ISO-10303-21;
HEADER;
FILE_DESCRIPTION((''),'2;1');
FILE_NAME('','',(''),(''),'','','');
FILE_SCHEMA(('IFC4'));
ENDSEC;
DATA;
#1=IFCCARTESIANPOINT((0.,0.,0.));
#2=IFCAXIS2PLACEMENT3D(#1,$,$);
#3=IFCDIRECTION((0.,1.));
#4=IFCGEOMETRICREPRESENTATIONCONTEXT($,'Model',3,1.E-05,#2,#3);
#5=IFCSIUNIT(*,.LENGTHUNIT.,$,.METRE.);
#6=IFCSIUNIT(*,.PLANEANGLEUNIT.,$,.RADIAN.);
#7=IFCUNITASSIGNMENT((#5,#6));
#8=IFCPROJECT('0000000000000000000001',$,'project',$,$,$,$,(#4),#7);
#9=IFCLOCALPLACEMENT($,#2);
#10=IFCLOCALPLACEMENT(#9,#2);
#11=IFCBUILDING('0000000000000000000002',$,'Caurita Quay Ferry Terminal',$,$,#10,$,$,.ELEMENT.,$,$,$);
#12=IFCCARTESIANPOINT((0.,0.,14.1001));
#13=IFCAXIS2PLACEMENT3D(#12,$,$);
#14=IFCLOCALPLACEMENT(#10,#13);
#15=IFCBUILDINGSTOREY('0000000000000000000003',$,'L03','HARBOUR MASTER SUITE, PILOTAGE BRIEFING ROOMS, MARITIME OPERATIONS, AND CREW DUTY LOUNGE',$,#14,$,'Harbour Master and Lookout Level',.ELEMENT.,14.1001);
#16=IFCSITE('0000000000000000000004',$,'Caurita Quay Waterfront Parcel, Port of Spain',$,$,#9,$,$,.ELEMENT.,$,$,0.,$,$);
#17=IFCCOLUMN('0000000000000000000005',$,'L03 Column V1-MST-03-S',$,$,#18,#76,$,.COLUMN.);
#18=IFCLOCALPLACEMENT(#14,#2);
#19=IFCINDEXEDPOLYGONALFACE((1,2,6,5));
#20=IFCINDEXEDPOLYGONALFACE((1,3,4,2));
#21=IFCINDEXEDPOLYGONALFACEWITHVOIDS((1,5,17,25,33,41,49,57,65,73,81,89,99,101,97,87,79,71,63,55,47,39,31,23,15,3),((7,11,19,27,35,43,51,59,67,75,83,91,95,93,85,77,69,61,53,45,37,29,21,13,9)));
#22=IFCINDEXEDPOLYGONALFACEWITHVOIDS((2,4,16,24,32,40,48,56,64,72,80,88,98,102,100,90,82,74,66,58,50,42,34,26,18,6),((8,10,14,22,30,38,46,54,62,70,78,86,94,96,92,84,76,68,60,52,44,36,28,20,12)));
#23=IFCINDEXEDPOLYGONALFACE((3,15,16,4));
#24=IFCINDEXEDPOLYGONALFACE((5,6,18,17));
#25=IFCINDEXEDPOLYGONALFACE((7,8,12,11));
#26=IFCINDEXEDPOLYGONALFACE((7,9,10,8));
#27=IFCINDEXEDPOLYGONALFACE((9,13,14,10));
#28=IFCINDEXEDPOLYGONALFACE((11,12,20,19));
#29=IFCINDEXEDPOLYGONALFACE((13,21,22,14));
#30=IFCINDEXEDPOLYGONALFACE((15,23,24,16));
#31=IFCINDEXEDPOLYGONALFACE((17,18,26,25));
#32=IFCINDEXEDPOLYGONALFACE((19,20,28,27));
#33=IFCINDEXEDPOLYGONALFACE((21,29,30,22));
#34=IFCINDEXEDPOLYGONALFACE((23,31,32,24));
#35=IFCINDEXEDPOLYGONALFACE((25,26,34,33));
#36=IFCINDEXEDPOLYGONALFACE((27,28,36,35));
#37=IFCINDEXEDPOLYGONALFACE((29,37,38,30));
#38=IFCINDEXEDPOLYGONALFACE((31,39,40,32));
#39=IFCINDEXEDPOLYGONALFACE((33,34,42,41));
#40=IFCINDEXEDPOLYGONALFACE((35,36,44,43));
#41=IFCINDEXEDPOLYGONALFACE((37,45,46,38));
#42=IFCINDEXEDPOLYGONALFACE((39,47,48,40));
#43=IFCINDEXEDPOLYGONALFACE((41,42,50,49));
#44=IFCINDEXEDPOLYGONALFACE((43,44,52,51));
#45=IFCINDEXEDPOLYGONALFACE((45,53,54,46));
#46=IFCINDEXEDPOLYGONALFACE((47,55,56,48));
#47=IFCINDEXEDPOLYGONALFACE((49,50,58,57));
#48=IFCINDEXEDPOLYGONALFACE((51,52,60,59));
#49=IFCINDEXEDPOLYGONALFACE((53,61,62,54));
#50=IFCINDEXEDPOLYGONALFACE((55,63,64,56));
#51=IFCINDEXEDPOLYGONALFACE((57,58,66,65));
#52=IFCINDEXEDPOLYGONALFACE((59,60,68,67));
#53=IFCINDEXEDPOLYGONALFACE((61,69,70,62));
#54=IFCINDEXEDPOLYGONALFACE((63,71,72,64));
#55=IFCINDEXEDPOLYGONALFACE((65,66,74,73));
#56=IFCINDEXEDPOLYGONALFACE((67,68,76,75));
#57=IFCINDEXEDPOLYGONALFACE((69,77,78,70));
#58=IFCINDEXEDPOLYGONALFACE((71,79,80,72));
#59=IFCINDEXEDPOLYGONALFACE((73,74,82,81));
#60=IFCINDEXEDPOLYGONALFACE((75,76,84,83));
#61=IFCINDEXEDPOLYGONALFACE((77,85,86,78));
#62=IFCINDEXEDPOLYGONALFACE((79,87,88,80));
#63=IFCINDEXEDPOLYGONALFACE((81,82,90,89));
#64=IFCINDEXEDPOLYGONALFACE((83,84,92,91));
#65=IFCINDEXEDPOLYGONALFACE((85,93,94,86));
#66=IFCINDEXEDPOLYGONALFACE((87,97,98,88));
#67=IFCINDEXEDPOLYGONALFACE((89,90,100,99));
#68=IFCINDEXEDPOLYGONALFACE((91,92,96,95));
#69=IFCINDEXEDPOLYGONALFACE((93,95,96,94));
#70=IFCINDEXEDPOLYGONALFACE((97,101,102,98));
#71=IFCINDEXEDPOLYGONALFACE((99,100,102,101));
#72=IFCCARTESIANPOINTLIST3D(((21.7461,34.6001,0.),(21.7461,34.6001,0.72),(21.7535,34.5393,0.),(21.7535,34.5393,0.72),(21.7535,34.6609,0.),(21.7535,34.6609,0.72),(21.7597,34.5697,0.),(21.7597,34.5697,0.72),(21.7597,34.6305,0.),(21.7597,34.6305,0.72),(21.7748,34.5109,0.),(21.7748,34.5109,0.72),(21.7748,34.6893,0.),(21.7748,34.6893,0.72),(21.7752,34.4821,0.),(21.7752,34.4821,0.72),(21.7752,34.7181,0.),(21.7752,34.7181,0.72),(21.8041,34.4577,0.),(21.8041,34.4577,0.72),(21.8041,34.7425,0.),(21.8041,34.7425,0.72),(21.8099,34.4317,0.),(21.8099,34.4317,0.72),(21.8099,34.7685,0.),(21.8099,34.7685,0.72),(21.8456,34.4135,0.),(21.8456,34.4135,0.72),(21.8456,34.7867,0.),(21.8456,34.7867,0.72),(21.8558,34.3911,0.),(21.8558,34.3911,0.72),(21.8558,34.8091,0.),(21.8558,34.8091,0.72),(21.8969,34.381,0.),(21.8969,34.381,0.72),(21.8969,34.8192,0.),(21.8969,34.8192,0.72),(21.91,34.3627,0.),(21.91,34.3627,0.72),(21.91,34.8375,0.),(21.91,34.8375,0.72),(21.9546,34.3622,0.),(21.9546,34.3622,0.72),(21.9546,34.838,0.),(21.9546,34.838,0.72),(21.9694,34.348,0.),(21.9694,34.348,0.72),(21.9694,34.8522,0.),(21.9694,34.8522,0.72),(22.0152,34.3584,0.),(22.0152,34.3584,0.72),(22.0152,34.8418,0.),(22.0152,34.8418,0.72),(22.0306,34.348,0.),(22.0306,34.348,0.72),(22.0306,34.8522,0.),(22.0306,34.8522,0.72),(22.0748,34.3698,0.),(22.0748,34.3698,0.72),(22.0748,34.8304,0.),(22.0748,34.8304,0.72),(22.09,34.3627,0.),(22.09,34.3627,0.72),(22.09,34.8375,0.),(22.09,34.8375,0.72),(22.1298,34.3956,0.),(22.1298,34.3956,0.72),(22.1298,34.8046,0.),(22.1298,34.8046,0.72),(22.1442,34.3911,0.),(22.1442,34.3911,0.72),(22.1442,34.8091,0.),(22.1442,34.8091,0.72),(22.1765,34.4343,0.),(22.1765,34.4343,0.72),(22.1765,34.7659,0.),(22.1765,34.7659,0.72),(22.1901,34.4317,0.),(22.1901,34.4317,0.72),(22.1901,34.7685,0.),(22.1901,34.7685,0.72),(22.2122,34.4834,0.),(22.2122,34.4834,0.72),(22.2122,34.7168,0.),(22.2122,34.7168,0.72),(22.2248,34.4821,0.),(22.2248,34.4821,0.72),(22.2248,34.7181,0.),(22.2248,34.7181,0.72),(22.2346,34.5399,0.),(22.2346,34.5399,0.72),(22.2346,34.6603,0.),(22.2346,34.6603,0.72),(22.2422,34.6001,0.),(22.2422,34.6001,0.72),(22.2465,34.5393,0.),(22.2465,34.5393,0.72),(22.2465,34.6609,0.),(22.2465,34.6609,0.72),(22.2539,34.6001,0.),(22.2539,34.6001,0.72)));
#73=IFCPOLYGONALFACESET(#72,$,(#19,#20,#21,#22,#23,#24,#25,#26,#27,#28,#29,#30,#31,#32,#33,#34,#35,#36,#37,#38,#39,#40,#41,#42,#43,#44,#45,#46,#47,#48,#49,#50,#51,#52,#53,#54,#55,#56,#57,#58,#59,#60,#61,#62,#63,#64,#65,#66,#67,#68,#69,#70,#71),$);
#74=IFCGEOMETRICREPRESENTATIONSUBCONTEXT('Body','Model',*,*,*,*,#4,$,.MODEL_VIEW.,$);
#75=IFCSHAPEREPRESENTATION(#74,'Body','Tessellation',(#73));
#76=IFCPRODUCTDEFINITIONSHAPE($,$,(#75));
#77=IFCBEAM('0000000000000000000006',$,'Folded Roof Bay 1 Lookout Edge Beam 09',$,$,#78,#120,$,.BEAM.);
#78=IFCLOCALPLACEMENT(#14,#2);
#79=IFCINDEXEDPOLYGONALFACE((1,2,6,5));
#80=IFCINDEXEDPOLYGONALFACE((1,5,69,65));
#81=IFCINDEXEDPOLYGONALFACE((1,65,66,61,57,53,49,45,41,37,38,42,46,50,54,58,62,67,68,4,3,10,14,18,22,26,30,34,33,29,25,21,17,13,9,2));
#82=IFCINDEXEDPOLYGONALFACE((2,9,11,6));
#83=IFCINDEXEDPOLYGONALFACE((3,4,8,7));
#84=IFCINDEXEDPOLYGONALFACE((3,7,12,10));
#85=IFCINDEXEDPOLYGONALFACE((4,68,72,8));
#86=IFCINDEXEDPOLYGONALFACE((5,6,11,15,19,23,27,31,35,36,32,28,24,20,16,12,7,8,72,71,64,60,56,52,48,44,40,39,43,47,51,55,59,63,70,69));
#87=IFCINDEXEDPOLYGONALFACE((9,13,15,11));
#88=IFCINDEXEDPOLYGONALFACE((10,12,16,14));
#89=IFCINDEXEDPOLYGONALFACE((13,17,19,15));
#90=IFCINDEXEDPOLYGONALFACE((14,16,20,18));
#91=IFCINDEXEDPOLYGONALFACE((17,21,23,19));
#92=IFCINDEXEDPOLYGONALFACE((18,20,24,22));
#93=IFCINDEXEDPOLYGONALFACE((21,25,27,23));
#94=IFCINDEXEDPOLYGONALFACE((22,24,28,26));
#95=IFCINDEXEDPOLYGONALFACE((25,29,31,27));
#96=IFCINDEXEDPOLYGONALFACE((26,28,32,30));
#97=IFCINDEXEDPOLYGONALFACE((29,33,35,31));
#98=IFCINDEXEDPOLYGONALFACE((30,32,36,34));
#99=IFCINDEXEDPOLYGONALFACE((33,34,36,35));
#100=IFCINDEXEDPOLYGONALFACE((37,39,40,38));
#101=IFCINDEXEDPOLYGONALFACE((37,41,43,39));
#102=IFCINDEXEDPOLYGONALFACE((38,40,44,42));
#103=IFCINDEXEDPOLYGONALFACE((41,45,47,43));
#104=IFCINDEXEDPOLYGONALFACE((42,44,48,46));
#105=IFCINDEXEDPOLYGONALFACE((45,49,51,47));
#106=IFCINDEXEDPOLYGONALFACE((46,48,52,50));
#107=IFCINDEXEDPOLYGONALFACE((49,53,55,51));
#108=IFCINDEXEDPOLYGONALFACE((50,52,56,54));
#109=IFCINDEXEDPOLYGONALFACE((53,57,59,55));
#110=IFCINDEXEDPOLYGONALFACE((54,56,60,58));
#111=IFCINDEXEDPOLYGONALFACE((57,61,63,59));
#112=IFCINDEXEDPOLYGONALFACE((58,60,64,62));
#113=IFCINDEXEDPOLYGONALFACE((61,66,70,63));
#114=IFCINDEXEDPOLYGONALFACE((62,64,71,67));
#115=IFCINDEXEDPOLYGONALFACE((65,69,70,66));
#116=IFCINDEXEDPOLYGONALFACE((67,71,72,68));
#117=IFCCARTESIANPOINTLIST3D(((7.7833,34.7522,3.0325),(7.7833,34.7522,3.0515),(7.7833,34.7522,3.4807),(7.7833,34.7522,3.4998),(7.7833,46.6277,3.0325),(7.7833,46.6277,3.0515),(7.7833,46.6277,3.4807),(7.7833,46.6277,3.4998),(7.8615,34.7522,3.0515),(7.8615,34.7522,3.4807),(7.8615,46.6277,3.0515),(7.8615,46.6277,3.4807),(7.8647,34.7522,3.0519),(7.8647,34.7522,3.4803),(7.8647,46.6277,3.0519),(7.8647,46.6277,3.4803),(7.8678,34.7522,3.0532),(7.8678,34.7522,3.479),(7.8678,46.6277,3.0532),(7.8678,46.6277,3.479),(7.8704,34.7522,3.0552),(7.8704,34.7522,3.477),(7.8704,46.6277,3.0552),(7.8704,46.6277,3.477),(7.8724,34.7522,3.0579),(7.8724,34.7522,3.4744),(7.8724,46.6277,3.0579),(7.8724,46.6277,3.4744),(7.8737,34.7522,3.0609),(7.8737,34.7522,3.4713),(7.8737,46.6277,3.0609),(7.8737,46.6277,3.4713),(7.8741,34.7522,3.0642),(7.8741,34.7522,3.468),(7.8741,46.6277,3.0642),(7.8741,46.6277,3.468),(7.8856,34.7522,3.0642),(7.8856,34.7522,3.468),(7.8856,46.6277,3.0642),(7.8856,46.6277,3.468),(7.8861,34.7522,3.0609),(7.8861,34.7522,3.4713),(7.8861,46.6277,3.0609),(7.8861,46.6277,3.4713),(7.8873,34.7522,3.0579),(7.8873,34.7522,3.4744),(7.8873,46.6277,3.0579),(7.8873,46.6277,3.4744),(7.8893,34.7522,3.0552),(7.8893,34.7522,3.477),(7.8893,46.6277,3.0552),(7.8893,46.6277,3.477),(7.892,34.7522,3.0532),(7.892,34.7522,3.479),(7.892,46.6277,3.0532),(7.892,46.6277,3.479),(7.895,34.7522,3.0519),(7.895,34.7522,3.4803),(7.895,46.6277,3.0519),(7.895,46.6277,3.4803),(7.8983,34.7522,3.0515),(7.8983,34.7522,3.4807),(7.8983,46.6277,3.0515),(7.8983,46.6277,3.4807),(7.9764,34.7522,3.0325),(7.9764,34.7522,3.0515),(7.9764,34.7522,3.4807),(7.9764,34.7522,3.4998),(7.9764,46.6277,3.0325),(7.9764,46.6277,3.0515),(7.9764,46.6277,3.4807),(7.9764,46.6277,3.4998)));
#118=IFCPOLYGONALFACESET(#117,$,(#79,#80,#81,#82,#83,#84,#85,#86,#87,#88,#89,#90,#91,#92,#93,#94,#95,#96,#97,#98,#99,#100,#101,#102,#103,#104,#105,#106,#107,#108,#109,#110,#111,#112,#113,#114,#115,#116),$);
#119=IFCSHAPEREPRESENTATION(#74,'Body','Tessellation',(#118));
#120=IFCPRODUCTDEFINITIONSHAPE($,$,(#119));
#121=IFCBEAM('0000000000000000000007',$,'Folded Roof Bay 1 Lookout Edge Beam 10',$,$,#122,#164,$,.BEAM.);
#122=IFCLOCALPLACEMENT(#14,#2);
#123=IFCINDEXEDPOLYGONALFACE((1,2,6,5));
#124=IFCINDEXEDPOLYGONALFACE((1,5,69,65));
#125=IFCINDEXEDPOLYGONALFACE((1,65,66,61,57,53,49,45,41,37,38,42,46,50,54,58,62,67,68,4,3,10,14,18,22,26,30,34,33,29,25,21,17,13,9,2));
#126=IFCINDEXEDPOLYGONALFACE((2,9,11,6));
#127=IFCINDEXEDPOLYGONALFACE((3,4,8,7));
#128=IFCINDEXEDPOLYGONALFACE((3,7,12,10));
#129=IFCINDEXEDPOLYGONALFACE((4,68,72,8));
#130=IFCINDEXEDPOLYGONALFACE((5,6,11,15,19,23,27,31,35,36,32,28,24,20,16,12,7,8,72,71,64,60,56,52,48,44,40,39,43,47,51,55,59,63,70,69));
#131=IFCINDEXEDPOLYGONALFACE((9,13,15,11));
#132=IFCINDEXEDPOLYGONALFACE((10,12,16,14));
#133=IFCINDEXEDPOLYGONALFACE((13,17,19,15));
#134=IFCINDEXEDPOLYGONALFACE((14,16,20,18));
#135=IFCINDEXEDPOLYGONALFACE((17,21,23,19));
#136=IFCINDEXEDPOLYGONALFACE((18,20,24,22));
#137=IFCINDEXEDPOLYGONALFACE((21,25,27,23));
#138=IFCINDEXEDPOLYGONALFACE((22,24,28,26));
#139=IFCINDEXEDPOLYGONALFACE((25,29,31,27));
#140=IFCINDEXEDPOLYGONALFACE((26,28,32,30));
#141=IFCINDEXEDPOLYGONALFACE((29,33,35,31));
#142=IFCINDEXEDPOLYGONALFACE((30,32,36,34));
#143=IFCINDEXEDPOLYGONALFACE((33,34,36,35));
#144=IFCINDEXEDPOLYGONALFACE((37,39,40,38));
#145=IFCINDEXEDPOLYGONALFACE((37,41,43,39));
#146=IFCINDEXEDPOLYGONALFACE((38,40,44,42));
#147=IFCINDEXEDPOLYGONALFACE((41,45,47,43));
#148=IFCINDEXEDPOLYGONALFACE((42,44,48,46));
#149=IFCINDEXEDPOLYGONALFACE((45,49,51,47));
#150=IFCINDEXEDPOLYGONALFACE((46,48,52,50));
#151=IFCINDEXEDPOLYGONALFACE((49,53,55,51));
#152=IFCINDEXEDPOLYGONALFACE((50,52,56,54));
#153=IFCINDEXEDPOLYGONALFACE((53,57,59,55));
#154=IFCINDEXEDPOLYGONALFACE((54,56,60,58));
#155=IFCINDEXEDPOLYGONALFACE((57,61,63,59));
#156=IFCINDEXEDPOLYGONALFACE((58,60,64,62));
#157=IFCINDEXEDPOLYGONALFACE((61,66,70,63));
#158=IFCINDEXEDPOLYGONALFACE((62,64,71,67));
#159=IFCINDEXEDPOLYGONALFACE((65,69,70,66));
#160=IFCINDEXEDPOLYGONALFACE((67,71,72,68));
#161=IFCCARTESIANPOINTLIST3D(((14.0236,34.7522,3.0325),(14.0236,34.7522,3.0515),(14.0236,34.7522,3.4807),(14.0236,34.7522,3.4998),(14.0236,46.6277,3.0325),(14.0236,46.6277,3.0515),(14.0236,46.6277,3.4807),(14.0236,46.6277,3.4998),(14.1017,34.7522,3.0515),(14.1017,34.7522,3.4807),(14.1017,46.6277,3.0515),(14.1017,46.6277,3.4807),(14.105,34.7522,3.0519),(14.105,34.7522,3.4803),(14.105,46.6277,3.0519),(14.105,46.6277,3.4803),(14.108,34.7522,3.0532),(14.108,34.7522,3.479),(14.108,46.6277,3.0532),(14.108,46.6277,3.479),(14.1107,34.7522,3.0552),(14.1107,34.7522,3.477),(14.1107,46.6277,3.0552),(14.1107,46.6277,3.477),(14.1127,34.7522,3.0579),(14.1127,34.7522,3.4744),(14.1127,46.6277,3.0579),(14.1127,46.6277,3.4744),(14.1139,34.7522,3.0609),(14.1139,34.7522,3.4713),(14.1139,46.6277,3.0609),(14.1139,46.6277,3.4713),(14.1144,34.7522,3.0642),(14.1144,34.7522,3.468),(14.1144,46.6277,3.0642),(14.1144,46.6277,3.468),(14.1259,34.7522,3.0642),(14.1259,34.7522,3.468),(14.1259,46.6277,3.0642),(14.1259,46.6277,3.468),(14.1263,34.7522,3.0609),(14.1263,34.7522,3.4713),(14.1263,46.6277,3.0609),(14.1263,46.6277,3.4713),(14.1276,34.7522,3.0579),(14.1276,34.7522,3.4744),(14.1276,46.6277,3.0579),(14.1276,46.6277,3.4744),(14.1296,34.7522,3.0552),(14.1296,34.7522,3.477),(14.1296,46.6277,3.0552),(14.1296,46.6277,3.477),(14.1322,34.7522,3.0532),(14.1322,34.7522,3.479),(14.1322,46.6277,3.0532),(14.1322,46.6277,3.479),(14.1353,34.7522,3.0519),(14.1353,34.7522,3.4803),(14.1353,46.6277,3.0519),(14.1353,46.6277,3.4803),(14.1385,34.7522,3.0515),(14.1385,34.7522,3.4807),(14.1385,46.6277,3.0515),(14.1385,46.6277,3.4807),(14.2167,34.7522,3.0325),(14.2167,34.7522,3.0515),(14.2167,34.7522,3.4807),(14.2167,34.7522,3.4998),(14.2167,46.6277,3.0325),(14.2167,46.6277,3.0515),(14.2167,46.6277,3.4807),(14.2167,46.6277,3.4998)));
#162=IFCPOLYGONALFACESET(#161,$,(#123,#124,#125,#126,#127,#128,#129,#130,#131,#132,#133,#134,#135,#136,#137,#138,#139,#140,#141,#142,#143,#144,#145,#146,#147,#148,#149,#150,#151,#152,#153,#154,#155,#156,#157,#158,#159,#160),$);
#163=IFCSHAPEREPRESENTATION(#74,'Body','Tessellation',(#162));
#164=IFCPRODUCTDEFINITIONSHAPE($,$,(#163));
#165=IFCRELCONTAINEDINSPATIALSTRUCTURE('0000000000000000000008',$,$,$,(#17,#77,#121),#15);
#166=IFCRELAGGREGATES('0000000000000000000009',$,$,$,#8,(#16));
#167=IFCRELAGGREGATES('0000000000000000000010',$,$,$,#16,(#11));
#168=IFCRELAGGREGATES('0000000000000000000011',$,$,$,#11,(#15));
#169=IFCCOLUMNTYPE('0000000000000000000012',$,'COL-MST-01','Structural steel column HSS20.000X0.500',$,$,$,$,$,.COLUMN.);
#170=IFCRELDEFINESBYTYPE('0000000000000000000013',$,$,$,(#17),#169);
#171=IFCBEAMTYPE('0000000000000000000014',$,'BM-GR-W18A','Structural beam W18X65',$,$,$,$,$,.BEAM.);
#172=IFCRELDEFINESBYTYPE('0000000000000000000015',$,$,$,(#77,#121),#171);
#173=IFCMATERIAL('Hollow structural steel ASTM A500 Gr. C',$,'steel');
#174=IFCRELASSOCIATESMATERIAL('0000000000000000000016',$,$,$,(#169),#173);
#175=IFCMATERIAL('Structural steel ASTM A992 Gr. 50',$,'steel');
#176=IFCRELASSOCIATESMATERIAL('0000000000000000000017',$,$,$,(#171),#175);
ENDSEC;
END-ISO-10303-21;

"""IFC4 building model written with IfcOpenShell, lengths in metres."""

from ifc_helpers import new_model, si_unit, direction, frame, origin, origin_2d, place, context, subcontext, project, spatial, hollow_circle, i_section, extrude, material, material_profile, profile_set, type_object, element, save


model = new_model("IFC4")

# Units and contexts
model_context = context("Model", 3, precision=1e-05, world=origin(), true_north=direction((0.0, 1.0)))
body_context = subcontext(model_context, "Body", "Model", "MODEL_VIEW")
ifc_project = project(units=[si_unit("LENGTHUNIT", "METRE"), si_unit("PLANEANGLEUNIT", "RADIAN")], contexts=[model_context])

# Site, building, storey
site_placement = place(None, origin())
site = spatial("IfcSite", under=ifc_project, at=site_placement, Name="Caurita Quay Waterfront Parcel, Port of Spain", CompositionType="ELEMENT", RefElevation=0.0)
building_placement = place(site_placement, origin())
building = spatial("IfcBuilding", under=site, at=building_placement, Name="Caurita Quay Ferry Terminal", CompositionType="ELEMENT")
storey_placement = place(building_placement, frame((0.0, 0.0, 14.1001)))
storey = spatial("IfcBuildingStorey", under=building, at=storey_placement, Name="L03", Description="HARBOUR MASTER SUITE, PILOTAGE BRIEFING ROOMS, MARITIME OPERATIONS, AND CREW DUTY LOUNGE", LongName="Harbour Master and Lookout Level", CompositionType="ELEMENT", Elevation=14.1001)

# Column
ifc_material_1 = material(Name="Hollow structural steel ASTM A500 Gr. C", Category="steel")
ifc_material_profile_1 = material_profile(ifc_material_1, hollow_circle(Radius=0.2539, WallThickness=0.0117, at=origin_2d()), Name="HSS20.000X0.500")
ifc_profile_set_1 = profile_set([ifc_material_profile_1], Name="Hollow structural steel ASTM A500 Gr. C")
column_type = type_object("IfcColumnType", Name="COL-MST-01", Description="Structural steel column HSS20.000X0.500", PredefinedType="COLUMN", material=ifc_profile_set_1)
column_placement = place(storey_placement, frame((22.0, 34.6001, 0.0), z_axis=(0.0, 0.0, 1.0), x_axis=(1.0, 0.0, 0.0)))
element("IfcColumn", 1, at=column_placement, inside=storey, type_object=column_type, Name="L03 Column V1-MST-03-S", PredefinedType="COLUMN", context=body_context, shape_type="SweptSolid", body=[
    extrude(hollow_circle(Radius=0.2539, WallThickness=0.0117, at=origin_2d()), origin(), (0.0, 0.0, 1.0), 0.72),
])

# Beams
ifc_material_2 = material(Name="Structural steel ASTM A992 Gr. 50", Category="steel")
ifc_material_profile_2 = material_profile(ifc_material_2, i_section(OverallWidth=0.1931, OverallDepth=0.4673, WebThickness=0.0115, FlangeThickness=0.019, FilletRadius=0.0127, at=origin_2d()), Name="W18X65")
ifc_profile_set_2 = profile_set([ifc_material_profile_2], Name="Structural steel ASTM A992 Gr. 50")
beam_type_1 = type_object("IfcBeamType", Name="BM-GR-W18A", Description="Structural beam W18X65", PredefinedType="BEAM", material=ifc_profile_set_2)
for number, where, z_axis, x_axis, name in (
    (2, (7.8799, 46.6277, 3.2661), (0.0, -1.0, 0.0), (1.0, 0.0, 0.0), "Folded Roof Bay 1 Lookout Edge Beam 09"),
    (3, (14.1201, 46.6277, 3.2661), (0.0, -1.0, 0.0), (1.0, 0.0, 0.0), "Folded Roof Bay 1 Lookout Edge Beam 10"),
):
    element("IfcBeam", number, at=place(storey_placement, frame(where, z_axis=z_axis, x_axis=x_axis)), inside=storey, type_object=beam_type_1, Name=name, PredefinedType="BEAM", context=body_context, shape_type="SweptSolid", body=[
        extrude(i_section(OverallWidth=0.1931, OverallDepth=0.4673, WebThickness=0.0115, FlangeThickness=0.019, FilletRadius=0.0127, at=origin_2d()), origin(), (0.0, 0.0, 1.0), 11.8755),
    ])

save(model, "model.ifc")
